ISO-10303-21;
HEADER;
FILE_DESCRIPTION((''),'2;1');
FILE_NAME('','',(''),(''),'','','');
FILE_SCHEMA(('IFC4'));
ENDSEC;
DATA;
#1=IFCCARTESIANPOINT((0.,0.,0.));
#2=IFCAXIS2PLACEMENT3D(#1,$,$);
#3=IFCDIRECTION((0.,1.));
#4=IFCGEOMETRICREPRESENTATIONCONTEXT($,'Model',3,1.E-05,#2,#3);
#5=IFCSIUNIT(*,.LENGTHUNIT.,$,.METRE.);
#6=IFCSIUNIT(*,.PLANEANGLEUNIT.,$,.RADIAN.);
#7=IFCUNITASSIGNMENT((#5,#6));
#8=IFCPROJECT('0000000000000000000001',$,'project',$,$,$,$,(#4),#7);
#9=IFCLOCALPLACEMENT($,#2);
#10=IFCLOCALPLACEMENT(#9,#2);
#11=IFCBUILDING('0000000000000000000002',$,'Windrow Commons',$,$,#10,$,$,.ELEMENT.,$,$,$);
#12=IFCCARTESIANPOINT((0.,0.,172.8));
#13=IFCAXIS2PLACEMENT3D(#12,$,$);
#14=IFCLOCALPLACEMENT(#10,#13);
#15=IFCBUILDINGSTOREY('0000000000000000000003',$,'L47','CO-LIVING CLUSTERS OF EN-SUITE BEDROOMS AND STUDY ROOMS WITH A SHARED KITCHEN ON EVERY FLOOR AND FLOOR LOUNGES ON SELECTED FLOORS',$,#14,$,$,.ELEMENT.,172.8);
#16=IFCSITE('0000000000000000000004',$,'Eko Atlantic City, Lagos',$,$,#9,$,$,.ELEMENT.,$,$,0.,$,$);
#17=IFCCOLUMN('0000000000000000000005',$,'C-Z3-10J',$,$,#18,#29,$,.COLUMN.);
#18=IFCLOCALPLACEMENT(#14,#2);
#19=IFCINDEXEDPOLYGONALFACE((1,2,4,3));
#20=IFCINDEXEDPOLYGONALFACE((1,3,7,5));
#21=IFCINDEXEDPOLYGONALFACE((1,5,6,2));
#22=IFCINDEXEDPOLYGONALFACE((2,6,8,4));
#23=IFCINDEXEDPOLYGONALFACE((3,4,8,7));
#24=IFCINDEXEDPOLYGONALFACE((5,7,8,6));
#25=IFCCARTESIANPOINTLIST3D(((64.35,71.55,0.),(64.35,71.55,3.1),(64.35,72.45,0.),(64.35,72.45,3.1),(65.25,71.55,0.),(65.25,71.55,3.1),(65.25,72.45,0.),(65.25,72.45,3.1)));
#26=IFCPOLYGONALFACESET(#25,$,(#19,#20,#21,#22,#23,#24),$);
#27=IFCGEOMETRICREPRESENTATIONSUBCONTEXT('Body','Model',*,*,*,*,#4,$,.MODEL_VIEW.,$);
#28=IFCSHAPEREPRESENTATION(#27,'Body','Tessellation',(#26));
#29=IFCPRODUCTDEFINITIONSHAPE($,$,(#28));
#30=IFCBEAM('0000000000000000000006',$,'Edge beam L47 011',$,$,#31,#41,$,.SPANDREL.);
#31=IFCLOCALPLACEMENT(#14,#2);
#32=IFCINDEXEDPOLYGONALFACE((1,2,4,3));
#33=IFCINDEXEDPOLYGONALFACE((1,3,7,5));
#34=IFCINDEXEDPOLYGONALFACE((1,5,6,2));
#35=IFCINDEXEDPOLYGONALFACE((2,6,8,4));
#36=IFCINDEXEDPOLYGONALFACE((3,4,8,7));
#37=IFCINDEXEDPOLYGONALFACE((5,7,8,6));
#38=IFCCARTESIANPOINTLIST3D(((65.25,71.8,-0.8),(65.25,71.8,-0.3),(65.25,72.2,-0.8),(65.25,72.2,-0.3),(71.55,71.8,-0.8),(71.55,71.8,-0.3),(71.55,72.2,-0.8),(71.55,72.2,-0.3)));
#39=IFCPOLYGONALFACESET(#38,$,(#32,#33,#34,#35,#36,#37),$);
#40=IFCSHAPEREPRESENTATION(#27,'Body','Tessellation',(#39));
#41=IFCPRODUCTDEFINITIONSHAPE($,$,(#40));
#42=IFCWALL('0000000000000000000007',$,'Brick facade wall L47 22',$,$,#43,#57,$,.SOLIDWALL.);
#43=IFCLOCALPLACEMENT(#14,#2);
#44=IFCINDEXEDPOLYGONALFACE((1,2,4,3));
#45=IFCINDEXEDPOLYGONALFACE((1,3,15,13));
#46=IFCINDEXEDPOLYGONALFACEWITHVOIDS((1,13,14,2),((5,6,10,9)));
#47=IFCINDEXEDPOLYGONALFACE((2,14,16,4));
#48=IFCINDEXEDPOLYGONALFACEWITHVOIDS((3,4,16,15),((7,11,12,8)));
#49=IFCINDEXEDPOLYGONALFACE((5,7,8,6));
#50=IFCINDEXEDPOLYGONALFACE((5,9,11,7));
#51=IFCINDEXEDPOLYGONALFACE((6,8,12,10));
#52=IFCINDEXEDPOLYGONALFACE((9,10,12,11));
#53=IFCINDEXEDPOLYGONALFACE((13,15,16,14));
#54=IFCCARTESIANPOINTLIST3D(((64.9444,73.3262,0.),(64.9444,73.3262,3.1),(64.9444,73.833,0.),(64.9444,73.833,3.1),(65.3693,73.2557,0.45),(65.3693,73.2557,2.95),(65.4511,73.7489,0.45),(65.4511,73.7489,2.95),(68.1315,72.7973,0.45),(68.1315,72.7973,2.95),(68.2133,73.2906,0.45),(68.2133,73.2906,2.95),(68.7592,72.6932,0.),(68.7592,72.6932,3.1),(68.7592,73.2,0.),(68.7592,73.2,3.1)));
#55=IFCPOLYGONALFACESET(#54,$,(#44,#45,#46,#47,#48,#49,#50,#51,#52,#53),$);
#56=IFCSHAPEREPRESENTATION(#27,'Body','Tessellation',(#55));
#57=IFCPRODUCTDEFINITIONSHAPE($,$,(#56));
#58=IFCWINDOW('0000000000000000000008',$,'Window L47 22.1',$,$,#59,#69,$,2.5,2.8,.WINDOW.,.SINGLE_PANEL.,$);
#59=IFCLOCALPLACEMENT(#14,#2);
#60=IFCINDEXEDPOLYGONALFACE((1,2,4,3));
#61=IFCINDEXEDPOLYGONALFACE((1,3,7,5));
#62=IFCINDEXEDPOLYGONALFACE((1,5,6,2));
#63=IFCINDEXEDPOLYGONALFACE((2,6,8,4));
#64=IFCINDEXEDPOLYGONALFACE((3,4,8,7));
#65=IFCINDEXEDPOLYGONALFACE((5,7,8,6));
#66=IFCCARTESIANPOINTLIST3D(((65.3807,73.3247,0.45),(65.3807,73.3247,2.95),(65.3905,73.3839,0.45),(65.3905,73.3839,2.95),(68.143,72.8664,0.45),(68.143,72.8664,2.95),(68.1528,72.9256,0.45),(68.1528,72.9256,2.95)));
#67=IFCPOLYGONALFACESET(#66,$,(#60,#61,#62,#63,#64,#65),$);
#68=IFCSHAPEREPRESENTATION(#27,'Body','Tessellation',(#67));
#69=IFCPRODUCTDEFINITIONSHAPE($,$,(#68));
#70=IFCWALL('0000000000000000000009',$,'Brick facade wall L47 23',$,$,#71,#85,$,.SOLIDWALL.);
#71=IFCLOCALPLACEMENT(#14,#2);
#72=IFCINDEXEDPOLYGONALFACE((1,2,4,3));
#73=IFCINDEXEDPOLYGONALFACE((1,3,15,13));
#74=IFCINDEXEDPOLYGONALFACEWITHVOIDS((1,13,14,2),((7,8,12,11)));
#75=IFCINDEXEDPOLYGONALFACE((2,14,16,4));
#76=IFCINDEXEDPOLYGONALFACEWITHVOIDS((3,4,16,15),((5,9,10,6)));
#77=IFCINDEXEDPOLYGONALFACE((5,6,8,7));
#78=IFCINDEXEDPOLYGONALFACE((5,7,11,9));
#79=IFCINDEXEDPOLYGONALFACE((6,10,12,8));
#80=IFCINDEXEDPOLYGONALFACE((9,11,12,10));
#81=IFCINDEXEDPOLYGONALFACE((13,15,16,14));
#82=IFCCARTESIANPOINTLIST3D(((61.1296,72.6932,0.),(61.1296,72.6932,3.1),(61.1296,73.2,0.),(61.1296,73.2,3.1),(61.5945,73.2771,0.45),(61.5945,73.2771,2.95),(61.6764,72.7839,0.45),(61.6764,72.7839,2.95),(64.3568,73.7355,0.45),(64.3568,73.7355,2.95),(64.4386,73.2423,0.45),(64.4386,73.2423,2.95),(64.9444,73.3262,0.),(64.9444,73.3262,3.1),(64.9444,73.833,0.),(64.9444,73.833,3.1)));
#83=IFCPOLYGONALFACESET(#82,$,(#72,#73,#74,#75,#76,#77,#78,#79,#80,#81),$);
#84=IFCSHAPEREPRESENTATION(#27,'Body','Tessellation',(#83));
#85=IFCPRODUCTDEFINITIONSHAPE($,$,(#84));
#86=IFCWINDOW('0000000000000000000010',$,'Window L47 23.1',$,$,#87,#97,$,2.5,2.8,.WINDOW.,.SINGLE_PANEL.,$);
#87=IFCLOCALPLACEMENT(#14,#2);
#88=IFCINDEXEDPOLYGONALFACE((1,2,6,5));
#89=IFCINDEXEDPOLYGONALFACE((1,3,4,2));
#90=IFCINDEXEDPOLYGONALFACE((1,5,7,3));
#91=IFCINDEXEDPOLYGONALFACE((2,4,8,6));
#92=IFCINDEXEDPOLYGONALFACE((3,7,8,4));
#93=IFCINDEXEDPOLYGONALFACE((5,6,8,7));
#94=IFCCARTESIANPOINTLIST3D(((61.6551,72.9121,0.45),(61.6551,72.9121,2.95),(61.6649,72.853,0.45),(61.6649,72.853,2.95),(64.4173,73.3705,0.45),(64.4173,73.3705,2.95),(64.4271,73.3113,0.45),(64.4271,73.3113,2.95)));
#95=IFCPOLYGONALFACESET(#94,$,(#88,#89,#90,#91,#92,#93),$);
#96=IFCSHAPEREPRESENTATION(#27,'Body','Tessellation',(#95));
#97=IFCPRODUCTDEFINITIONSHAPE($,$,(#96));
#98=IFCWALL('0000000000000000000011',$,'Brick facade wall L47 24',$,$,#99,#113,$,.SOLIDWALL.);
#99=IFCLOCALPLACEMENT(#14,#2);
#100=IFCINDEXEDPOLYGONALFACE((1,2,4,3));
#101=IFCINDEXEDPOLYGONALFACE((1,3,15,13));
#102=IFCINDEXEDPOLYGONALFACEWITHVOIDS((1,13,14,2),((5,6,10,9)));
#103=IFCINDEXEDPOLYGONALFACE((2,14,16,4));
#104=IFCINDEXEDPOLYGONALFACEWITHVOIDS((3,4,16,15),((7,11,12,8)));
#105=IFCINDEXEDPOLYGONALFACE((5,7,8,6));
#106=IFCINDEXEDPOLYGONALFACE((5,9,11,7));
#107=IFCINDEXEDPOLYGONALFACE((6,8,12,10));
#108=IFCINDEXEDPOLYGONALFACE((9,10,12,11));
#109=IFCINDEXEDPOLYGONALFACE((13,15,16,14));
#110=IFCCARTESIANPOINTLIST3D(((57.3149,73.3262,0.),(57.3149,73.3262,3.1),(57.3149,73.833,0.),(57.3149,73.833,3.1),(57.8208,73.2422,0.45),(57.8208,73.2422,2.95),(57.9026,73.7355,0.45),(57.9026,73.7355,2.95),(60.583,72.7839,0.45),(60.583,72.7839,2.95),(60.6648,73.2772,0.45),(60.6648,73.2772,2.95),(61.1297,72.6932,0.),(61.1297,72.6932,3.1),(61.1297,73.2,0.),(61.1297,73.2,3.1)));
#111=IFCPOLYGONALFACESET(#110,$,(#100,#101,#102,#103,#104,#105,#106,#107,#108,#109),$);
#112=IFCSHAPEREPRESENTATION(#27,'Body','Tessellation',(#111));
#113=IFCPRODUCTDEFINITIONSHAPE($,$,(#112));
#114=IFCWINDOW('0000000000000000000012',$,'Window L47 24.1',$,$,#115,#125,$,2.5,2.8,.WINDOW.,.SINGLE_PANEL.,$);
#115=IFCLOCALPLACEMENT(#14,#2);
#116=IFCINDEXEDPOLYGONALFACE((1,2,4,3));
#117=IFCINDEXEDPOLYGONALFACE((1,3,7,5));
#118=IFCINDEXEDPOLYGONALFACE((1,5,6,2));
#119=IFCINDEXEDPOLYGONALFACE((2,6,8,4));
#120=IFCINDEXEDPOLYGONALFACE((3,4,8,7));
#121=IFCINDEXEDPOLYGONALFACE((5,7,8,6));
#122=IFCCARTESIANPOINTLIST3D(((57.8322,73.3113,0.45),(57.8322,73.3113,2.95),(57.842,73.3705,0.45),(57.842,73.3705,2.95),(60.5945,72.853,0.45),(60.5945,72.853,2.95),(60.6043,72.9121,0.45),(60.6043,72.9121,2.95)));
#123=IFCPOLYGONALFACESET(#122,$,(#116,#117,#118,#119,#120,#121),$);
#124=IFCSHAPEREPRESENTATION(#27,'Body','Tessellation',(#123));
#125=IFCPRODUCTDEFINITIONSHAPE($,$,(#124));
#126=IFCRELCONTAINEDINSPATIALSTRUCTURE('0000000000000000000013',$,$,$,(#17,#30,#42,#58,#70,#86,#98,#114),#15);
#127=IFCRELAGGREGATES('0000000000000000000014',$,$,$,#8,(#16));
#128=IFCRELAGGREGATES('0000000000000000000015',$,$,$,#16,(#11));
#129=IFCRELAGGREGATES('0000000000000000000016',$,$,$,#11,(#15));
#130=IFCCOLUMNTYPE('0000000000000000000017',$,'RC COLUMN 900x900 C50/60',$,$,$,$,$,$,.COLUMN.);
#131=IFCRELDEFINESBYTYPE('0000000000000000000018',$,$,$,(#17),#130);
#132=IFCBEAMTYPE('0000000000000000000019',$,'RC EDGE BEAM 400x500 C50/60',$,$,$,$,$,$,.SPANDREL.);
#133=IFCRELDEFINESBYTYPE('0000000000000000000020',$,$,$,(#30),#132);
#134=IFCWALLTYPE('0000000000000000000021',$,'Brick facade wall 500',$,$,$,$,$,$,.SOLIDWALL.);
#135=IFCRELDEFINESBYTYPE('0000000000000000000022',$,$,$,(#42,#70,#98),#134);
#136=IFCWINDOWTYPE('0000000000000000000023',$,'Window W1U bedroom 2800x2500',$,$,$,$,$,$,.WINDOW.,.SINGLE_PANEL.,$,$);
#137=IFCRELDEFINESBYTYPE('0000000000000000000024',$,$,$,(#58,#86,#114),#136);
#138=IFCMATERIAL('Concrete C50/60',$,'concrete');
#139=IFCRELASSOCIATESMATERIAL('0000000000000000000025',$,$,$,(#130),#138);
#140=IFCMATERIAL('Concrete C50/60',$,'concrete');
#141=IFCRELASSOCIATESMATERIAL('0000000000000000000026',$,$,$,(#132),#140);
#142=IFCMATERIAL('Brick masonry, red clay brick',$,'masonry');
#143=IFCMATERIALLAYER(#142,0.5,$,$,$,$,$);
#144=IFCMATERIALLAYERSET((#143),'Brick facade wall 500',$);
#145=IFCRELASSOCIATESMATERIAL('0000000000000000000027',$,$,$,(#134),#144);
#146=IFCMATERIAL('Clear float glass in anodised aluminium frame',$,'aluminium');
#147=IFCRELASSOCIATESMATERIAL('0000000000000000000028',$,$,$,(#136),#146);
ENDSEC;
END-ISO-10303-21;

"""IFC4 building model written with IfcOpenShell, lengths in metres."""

from ifc_helpers import new_model, si_unit, direction, frame, frame_2d, origin, origin_2d, place, context, subcontext, project, spatial, polyline, rectangle, outline, extrude, material, layer, layer_set, material_profile, profile_set, type_object, element, fill, save


model = new_model("IFC4")

# Units and contexts
model_context = context("Model", 3, precision=1e-05, world=origin(), true_north=direction((0.0, 1.0)))
body_context = subcontext(model_context, "Body", "Model", "MODEL_VIEW")
ifc_project = project(units=[si_unit("LENGTHUNIT", "METRE"), si_unit("PLANEANGLEUNIT", "RADIAN")], contexts=[model_context])

# Site, building, storey
site_placement = place(None, origin())
site = spatial("IfcSite", under=ifc_project, at=site_placement, Name="Eko Atlantic City, Lagos", CompositionType="ELEMENT", RefElevation=0.0)
building_placement = place(site_placement, origin())
building = spatial("IfcBuilding", under=site, at=building_placement, Name="Windrow Commons", CompositionType="ELEMENT")
storey_placement = place(building_placement, frame((0.0, 0.0, 172.8)))
storey = spatial("IfcBuildingStorey", under=building, at=storey_placement, Name="L47", Description="CO-LIVING CLUSTERS OF EN-SUITE BEDROOMS AND STUDY ROOMS WITH A SHARED KITCHEN ON EVERY FLOOR AND FLOOR LOUNGES ON SELECTED FLOORS", CompositionType="ELEMENT", Elevation=172.8)

# Column
ifc_material_1 = material(Name="Concrete C50/60", Category="concrete")
ifc_material_profile_1 = material_profile(ifc_material_1, rectangle(XDim=0.9, YDim=0.9, at=origin_2d()))
ifc_profile_set_1 = profile_set([ifc_material_profile_1], Name="Concrete C50/60")
column_type = type_object("IfcColumnType", Name="RC COLUMN 900x900 C50/60", PredefinedType="COLUMN", material=ifc_profile_set_1)
column_placement = place(storey_placement, frame((64.8, 72.0, 0.0), z_axis=(0.0, 0.0, 1.0), x_axis=(1.0, 0.0, 0.0)))
element("IfcColumn", 1, at=column_placement, inside=storey, type_object=column_type, Name="C-Z3-10J", PredefinedType="COLUMN", context=body_context, shape_type="SweptSolid", body=[
    extrude(rectangle(XDim=0.9, YDim=0.9, at=origin_2d()), origin(), (0.0, 0.0, 1.0), 3.1),
])

# Beam
ifc_material_2 = material(Name="Concrete C50/60", Category="concrete")
ifc_material_profile_2 = material_profile(ifc_material_2, rectangle(XDim=0.4, YDim=0.5, at=origin_2d()))
ifc_profile_set_2 = profile_set([ifc_material_profile_2], Name="Concrete C50/60")
beam_type = type_object("IfcBeamType", Name="RC EDGE BEAM 400x500 C50/60", PredefinedType="SPANDREL", material=ifc_profile_set_2)
beam_placement = place(storey_placement, frame((65.25, 72.0, -0.55), z_axis=(1.0, 0.0, 0.0), x_axis=(0.0, 1.0, 0.0)))
element("IfcBeam", 2, at=beam_placement, inside=storey, type_object=beam_type, Name="Edge beam L47 011", PredefinedType="SPANDREL", context=body_context, shape_type="SweptSolid", body=[
    extrude(rectangle(XDim=0.4, YDim=0.5, at=origin_2d()), origin(), (0.0, 0.0, 1.0), 6.3),
])

# Walls, openings, windows
ifc_material_3 = material(Name="Brick masonry, red clay brick", Category="masonry")
ifc_layer_1 = layer(ifc_material_3, 0.5)
ifc_layer_set_1 = layer_set([ifc_layer_1], Name="Brick facade wall 500")
wall_type_1 = type_object("IfcWallType", Name="Brick facade wall 500", PredefinedType="SOLIDWALL", material=ifc_layer_set_1)
wall_1_placement = place(storey_placement, frame((68.7592, 72.9466, 0.0), z_axis=(0.0, 0.0, 1.0), x_axis=(-0.986511, 0.163694, 0.0)))
wall_1 = element("IfcWall", 3, at=wall_1_placement, inside=storey, type_object=wall_type_1, Name="Brick facade wall L47 22", PredefinedType="SOLIDWALL", context=body_context, shape_type="SweptSolid", body=[
    extrude(outline(polyline([(0.0415, -0.25), (3.9084, -0.25), (3.8255, 0.25), (-0.0415, 0.25), (0.0415, -0.25)])), origin(), (0.0, 0.0, 1.0), 3.1),
])
opening_1_placement = place(wall_1_placement, frame((0.5948, 0.0, 0.45)))
opening_1 = element("IfcOpeningElement", 4, at=opening_1_placement, cuts=wall_1, PredefinedType="OPENING", context=body_context, shape_type="SweptSolid", body=[
    extrude(rectangle(XDim=2.8, YDim=2.5, at=frame_2d((1.4, 1.25))), frame((0.0, 0.26, 0.0), z_axis=(0.0, -1.0, 0.0), x_axis=(1.0, 0.0, 0.0)), (0.0, 0.0, 1.0), 0.52),
])
ifc_material_4 = material(Name="Clear float glass in anodised aluminium frame", Category="aluminium")
window_type = type_object("IfcWindowType", Name="Window W1U bedroom 2800x2500", PartitioningType="SINGLE_PANEL", PredefinedType="WINDOW", material=ifc_material_4)
window_1_placement = place(opening_1_placement, origin())
window_1 = element("IfcWindow", 5, at=window_1_placement, inside=storey, type_object=window_type, Name="Window L47 22.1", OverallHeight=2.5, OverallWidth=2.8, PartitioningType="SINGLE_PANEL", PredefinedType="WINDOW", context=body_context, shape_type="SweptSolid", body=[
    extrude(rectangle(XDim=2.8, YDim=2.5, at=frame_2d((1.4, 1.25))), frame((0.0, 0.18, 0.0), z_axis=(0.0, -1.0, 0.0), x_axis=(1.0, 0.0, 0.0)), (0.0, 0.0, 1.0), 0.06),
])
fill(opening_1, window_1)
wall_2_placement = place(storey_placement, frame((64.9444, 73.5796, 0.0), z_axis=(0.0, 0.0, 1.0), x_axis=(-0.98651, -0.163699, 0.0)))
wall_2 = element("IfcWall", 6, at=wall_2_placement, inside=storey, type_object=wall_type_1, Name="Brick facade wall L47 23", PredefinedType="SOLIDWALL", context=body_context, shape_type="SweptSolid", body=[
    extrude(outline(polyline([(-0.0415, -0.25), (3.8255, -0.25), (3.9084, 0.25), (0.0415, 0.25), (-0.0415, -0.25)])), origin(), (0.0, 0.0, 1.0), 3.1),
])
opening_2_placement = place(wall_2_placement, frame((0.5542, 0.0, 0.45)))
opening_2 = element("IfcOpeningElement", 7, at=opening_2_placement, cuts=wall_2, PredefinedType="OPENING", context=body_context, shape_type="SweptSolid", body=[
    extrude(rectangle(XDim=2.8, YDim=2.5, at=frame_2d((1.4, 1.25))), frame((0.0, 0.26, 0.0), z_axis=(0.0, -1.0, 0.0), x_axis=(1.0, 0.0, 0.0)), (0.0, 0.0, 1.0), 0.52),
])
window_2_placement = place(opening_2_placement, origin())
window_2 = element("IfcWindow", 8, at=window_2_placement, inside=storey, type_object=window_type, Name="Window L47 23.1", OverallHeight=2.5, OverallWidth=2.8, PartitioningType="SINGLE_PANEL", PredefinedType="WINDOW", context=body_context, shape_type="SweptSolid", body=[
    extrude(rectangle(XDim=2.8, YDim=2.5, at=frame_2d((1.4, 1.25))), frame((0.0, 0.18, 0.0), z_axis=(0.0, -1.0, 0.0), x_axis=(1.0, 0.0, 0.0)), (0.0, 0.0, 1.0), 0.06),
])
fill(opening_2, window_2)
wall_3_placement = place(storey_placement, frame((61.1297, 72.9466, 0.0), z_axis=(0.0, 0.0, 1.0), x_axis=(-0.986511, 0.163694, 0.0)))
wall_3 = element("IfcWall", 9, at=wall_3_placement, inside=storey, type_object=wall_type_1, Name="Brick facade wall L47 24", PredefinedType="SOLIDWALL", context=body_context, shape_type="SweptSolid", body=[
    extrude(outline(polyline([(0.0415, -0.25), (3.9084, -0.25), (3.8255, 0.25), (-0.0415, 0.25), (0.0415, -0.25)])), origin(), (0.0, 0.0, 1.0), 3.1),
])
opening_3_placement = place(wall_3_placement, frame((0.5127, 0.0, 0.45)))
opening_3 = element("IfcOpeningElement", 10, at=opening_3_placement, cuts=wall_3, PredefinedType="OPENING", context=body_context, shape_type="SweptSolid", body=[
    extrude(rectangle(XDim=2.8, YDim=2.5, at=frame_2d((1.4, 1.25))), frame((0.0, 0.26, 0.0), z_axis=(0.0, -1.0, 0.0), x_axis=(1.0, 0.0, 0.0)), (0.0, 0.0, 1.0), 0.52),
])
window_3_placement = place(opening_3_placement, origin())
window_3 = element("IfcWindow", 11, at=window_3_placement, inside=storey, type_object=window_type, Name="Window L47 24.1", OverallHeight=2.5, OverallWidth=2.8, PartitioningType="SINGLE_PANEL", PredefinedType="WINDOW", context=body_context, shape_type="SweptSolid", body=[
    extrude(rectangle(XDim=2.8, YDim=2.5, at=frame_2d((1.4, 1.25))), frame((0.0, 0.18, 0.0), z_axis=(0.0, -1.0, 0.0), x_axis=(1.0, 0.0, 0.0)), (0.0, 0.0, 1.0), 0.06),
])
fill(opening_3, window_3)

save(model, "model.ifc")
